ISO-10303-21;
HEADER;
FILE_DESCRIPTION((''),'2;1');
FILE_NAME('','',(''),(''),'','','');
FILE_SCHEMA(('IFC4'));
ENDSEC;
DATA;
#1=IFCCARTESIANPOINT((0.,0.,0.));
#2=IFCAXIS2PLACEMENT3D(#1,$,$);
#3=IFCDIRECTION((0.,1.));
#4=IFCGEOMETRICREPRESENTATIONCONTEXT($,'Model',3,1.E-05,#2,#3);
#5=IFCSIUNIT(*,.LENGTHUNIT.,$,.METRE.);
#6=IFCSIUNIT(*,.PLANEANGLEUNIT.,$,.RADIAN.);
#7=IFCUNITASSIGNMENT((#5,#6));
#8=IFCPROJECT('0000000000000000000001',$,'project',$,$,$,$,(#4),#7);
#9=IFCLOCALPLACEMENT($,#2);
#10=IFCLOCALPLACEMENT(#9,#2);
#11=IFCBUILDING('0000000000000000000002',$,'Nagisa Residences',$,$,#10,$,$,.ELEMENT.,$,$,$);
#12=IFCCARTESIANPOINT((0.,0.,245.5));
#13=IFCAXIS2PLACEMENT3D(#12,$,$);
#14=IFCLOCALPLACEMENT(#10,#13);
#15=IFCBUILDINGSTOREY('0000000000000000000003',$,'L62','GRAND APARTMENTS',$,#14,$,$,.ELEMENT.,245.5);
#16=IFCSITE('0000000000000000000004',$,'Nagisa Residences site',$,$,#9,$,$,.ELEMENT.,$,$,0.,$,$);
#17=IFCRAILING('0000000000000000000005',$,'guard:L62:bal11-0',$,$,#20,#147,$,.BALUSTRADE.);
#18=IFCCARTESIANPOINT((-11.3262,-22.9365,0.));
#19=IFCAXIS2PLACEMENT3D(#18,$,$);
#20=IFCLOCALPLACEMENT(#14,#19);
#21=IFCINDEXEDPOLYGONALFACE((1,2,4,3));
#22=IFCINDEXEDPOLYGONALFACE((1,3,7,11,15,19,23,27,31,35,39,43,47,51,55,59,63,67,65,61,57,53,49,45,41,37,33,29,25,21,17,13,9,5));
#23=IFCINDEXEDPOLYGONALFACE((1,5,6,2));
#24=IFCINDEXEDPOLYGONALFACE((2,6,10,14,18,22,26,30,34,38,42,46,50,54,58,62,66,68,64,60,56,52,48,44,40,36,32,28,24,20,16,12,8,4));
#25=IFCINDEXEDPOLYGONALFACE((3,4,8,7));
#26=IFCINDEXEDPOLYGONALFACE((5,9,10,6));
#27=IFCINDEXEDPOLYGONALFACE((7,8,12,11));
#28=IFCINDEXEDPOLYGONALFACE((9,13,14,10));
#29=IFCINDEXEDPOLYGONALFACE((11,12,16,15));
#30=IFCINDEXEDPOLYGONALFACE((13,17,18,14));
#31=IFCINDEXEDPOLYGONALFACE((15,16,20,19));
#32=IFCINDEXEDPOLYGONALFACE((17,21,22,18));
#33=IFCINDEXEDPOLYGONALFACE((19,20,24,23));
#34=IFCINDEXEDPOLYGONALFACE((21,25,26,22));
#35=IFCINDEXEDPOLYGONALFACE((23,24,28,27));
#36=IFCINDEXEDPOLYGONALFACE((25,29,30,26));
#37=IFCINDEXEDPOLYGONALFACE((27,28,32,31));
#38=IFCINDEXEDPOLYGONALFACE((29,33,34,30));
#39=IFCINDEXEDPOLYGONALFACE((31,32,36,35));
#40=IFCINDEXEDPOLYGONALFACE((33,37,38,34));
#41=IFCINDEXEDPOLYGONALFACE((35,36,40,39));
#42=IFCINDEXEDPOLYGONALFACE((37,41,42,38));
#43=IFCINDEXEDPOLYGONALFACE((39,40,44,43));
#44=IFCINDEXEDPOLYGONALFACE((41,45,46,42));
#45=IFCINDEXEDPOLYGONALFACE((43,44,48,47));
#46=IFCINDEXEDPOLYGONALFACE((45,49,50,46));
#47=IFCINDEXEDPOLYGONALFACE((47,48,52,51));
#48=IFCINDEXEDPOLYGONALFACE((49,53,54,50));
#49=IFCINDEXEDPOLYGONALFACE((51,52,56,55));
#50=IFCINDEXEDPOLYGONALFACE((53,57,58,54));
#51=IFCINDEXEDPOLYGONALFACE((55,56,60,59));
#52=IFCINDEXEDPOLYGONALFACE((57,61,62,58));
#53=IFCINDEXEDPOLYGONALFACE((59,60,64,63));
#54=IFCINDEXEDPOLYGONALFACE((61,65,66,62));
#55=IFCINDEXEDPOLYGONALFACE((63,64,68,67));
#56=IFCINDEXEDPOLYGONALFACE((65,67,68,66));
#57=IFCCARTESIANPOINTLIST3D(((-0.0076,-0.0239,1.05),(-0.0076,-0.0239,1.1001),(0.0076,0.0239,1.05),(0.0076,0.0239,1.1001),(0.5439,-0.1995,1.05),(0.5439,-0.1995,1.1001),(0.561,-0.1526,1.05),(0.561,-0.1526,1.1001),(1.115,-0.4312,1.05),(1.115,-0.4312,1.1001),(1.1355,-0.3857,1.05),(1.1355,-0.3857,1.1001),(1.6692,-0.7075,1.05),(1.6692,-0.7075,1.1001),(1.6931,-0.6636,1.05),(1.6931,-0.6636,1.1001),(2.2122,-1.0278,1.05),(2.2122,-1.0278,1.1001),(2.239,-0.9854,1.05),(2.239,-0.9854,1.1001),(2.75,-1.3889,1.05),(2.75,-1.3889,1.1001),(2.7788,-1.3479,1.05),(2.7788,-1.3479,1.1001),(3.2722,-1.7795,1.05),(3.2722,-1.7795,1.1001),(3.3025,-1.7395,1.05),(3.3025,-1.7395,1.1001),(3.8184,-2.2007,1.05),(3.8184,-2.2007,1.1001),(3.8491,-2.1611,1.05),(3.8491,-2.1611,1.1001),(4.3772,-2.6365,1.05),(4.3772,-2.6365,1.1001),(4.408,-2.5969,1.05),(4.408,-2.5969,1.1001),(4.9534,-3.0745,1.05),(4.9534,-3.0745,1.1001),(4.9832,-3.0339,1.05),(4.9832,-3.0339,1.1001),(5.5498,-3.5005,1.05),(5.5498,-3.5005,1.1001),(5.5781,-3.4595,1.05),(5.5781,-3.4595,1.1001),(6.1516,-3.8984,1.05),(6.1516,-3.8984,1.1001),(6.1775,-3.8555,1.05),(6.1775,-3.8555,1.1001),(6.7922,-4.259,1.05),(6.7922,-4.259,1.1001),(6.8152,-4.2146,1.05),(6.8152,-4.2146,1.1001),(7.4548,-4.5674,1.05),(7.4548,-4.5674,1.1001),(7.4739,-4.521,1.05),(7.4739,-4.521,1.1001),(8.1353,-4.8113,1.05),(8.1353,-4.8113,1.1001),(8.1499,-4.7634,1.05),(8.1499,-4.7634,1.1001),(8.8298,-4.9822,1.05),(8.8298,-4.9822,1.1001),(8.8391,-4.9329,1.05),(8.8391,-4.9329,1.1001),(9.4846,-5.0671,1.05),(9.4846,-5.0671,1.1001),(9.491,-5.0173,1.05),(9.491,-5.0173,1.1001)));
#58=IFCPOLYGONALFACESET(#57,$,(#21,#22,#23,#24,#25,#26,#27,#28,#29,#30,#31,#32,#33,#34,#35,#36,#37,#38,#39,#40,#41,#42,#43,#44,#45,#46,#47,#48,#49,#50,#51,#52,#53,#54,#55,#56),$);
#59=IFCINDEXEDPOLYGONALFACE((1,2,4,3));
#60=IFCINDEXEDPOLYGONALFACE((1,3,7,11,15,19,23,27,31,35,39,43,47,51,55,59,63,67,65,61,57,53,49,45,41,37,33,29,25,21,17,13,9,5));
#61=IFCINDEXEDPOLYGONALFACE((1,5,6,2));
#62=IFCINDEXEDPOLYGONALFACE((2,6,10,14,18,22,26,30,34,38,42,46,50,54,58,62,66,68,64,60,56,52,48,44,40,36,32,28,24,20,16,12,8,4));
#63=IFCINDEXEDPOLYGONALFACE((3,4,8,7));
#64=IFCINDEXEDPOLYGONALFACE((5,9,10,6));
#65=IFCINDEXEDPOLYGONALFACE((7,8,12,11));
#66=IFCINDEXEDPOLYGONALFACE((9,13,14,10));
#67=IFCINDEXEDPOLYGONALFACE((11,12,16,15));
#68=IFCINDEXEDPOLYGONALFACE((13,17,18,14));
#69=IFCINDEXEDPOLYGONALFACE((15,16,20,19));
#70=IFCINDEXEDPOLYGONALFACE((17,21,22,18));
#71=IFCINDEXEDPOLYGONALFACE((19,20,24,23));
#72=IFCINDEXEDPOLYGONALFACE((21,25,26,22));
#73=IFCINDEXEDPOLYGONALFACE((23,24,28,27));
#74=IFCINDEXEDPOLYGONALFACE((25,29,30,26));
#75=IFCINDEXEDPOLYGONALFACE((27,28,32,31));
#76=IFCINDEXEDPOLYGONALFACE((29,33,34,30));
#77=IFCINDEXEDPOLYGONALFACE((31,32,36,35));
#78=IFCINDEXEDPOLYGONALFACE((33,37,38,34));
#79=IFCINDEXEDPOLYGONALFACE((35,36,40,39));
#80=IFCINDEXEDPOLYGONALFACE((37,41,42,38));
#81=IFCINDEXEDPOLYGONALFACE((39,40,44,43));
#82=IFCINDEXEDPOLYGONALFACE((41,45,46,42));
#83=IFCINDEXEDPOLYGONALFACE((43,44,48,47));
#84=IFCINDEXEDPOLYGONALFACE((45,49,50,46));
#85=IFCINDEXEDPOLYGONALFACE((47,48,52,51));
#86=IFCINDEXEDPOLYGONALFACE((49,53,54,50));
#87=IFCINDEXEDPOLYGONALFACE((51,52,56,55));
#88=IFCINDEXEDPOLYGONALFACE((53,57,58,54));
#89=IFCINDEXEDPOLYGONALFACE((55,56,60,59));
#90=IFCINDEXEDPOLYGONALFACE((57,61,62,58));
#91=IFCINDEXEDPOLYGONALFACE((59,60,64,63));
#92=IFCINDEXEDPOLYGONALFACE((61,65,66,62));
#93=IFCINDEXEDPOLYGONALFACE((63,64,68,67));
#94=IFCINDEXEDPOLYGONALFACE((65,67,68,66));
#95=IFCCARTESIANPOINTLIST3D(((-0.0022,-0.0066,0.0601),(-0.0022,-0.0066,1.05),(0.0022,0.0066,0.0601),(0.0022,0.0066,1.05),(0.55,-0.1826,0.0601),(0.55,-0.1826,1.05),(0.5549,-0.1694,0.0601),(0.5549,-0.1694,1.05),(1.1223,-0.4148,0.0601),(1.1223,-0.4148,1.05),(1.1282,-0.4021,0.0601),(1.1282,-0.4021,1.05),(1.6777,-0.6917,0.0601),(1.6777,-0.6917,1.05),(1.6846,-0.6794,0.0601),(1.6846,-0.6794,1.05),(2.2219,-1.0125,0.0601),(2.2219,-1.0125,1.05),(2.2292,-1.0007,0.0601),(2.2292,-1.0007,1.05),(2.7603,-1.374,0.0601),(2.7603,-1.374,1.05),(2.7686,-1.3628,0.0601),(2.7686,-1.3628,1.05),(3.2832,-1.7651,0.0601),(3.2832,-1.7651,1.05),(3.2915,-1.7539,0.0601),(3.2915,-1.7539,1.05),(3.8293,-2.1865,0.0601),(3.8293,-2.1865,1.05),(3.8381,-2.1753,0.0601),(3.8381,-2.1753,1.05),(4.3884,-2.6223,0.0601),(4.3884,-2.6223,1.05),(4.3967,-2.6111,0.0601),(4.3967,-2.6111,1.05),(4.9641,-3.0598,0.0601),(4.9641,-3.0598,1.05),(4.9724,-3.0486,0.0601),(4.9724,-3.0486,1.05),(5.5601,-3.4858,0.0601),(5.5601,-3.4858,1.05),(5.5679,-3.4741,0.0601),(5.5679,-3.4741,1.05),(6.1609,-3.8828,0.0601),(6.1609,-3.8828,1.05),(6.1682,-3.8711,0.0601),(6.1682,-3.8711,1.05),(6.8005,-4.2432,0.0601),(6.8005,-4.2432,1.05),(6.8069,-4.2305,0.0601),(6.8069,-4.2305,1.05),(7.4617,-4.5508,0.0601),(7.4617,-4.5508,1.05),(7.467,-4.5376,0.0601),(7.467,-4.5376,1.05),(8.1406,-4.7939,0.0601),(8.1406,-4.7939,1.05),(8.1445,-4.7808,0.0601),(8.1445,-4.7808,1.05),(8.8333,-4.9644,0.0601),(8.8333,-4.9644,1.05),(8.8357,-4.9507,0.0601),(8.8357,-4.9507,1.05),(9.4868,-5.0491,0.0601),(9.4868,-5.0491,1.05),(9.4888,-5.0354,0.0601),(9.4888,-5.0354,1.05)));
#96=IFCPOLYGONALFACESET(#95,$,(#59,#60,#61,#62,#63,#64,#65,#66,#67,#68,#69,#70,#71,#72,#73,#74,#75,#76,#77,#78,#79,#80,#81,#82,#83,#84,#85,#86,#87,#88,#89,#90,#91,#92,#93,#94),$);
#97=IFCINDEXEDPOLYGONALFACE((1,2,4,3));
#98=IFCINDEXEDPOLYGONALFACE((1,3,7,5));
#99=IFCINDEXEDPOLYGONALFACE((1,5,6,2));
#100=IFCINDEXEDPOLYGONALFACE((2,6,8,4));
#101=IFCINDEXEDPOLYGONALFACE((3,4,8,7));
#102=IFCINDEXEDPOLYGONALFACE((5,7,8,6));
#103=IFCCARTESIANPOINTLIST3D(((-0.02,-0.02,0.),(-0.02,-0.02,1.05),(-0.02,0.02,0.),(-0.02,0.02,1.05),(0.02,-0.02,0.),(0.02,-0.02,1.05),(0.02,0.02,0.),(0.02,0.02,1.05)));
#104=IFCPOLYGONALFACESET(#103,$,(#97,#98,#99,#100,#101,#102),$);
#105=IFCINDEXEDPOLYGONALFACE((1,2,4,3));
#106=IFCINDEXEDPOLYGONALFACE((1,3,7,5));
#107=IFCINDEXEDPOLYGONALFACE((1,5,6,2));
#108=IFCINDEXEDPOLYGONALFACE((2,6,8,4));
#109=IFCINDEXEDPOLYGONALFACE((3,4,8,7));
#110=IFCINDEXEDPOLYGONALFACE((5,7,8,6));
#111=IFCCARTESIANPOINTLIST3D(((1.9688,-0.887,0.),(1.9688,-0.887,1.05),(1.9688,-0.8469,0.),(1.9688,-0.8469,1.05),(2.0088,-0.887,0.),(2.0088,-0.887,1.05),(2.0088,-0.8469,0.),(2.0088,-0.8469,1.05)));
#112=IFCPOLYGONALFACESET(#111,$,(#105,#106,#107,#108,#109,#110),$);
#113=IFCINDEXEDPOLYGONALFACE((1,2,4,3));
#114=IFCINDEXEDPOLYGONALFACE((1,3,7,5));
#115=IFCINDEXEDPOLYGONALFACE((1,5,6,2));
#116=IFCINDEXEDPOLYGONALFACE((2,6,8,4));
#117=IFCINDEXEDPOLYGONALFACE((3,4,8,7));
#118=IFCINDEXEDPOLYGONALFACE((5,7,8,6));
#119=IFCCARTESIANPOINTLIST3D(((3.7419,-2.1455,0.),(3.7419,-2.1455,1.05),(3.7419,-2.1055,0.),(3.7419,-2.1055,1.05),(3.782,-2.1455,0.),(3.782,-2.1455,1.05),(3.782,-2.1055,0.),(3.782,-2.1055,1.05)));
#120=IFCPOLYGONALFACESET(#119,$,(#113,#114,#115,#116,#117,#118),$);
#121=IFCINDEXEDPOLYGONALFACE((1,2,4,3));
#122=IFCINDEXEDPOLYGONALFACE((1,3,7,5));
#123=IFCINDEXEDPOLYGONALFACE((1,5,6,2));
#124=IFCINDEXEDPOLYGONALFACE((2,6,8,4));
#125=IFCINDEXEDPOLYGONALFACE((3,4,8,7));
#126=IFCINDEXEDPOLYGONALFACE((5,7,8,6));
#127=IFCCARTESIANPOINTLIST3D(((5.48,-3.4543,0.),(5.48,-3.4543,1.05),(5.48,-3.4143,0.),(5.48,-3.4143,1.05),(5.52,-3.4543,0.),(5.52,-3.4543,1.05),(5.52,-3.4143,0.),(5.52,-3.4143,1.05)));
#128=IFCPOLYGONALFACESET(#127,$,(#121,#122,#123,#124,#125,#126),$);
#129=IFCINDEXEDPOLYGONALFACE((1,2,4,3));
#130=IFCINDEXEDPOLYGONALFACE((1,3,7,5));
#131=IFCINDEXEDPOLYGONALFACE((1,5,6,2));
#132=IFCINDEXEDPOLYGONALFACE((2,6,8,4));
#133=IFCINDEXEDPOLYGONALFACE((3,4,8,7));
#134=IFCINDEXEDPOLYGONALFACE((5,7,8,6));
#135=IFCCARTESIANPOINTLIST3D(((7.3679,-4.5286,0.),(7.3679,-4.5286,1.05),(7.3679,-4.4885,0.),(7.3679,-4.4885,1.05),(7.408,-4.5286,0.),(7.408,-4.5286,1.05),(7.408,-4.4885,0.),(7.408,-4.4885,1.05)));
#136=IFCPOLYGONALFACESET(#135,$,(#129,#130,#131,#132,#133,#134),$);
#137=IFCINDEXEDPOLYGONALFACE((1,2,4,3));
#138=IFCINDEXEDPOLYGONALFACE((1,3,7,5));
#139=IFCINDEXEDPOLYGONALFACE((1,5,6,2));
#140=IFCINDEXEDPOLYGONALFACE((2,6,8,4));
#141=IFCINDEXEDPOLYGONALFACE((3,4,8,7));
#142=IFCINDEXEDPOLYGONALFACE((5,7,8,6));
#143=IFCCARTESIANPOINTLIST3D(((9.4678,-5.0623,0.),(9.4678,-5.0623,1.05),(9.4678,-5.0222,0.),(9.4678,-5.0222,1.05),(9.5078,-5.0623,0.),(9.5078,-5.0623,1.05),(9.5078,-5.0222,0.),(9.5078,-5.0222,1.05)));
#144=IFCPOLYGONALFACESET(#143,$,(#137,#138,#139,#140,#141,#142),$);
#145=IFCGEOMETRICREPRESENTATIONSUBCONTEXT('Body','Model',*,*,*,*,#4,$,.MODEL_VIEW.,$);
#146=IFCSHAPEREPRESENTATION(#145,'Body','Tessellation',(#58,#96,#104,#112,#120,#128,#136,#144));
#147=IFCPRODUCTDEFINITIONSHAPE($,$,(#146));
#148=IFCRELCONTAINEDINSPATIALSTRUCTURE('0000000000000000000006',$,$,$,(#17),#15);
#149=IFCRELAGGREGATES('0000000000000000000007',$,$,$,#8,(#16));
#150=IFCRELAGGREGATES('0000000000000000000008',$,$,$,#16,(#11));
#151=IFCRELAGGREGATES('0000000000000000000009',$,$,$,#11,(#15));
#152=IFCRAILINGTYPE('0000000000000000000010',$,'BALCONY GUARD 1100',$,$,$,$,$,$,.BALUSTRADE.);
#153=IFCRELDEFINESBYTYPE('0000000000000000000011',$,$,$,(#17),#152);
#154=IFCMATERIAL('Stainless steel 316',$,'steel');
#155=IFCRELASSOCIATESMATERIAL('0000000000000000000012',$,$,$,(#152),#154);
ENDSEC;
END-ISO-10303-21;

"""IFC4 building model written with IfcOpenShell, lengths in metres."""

from ifc_helpers import new_model, si_unit, direction, frame, origin, origin_2d, place, context, subcontext, project, spatial, polyline, rectangle, outline, extrude, material, type_object, element, save


model = new_model("IFC4")

# Units and contexts
model_context = context("Model", 3, precision=1e-05, world=origin(), true_north=direction((0.0, 1.0)))
body_context = subcontext(model_context, "Body", "Model", "MODEL_VIEW")
ifc_project = project(units=[si_unit("LENGTHUNIT", "METRE"), si_unit("PLANEANGLEUNIT", "RADIAN")], contexts=[model_context])

# Site, building, storey
site_placement = place(None, origin())
site = spatial("IfcSite", under=ifc_project, at=site_placement, Name="Nagisa Residences site", CompositionType="ELEMENT", RefElevation=0.0)
building_placement = place(site_placement, origin())
building = spatial("IfcBuilding", under=site, at=building_placement, Name="Nagisa Residences", CompositionType="ELEMENT")
storey_placement = place(building_placement, frame((0.0, 0.0, 245.5)))
storey = spatial("IfcBuildingStorey", under=building, at=storey_placement, Name="L62", Description="GRAND APARTMENTS", CompositionType="ELEMENT", Elevation=245.5)

# Railing
ifc_material_1 = material(Name="Stainless steel 316", Category="steel")
railing_type = type_object("IfcRailingType", Name="BALCONY GUARD 1100", PredefinedType="BALUSTRADE", material=ifc_material_1)
railing_1_placement = place(storey_placement, frame((-11.3262, -22.9365, 0.0)))
element("IfcRailing", 1, at=railing_1_placement, inside=storey, type_object=railing_type, Name="guard:L62:bal11-0", PredefinedType="BALUSTRADE", context=body_context, shape_type="SweptSolid", body=[
    extrude(outline(polyline([(0.561, -0.1526), (0.0076, 0.0239), (-0.0076, -0.0239), (0.5439, -0.1995), (1.115, -0.4312), (1.6692, -0.7075), (2.2122, -1.0278), (2.75, -1.3889), (3.2722, -1.7795), (3.8184, -2.2007), (4.3772, -2.6365), (4.9534, -3.0745), (5.5498, -3.5005), (6.1516, -3.8984), (6.7922, -4.259), (7.4548, -4.5674), (8.1353, -4.8113), (8.8298, -4.9822), (9.4846, -5.0671), (9.491, -5.0173), (8.8391, -4.9329), (8.1499, -4.7634), (7.4739, -4.521), (6.8152, -4.2146), (6.1775, -3.8555), (5.5781, -3.4595), (4.9832, -3.0339), (4.408, -2.5969), (3.8491, -2.1611), (3.3025, -1.7395), (2.7788, -1.3479), (2.239, -0.9854), (1.6931, -0.6636), (1.1355, -0.3857), (0.561, -0.1526)])), frame((0.0, 0.0, 1.05)), (0.0, 0.0, 1.0), 0.05),
    extrude(outline(polyline([(0.5549, -0.1694), (0.0022, 0.0066), (-0.0022, -0.0066), (0.55, -0.1826), (1.1223, -0.4148), (1.6777, -0.6917), (2.2219, -1.0125), (2.7603, -1.374), (3.2832, -1.7651), (3.8293, -2.1865), (4.3884, -2.6223), (4.9641, -3.0598), (5.5601, -3.4858), (6.1609, -3.8828), (6.8005, -4.2432), (7.4617, -4.5508), (8.1406, -4.7939), (8.8333, -4.9644), (9.4868, -5.0491), (9.4888, -5.0354), (8.8357, -4.9507), (8.1445, -4.7808), (7.467, -4.5376), (6.8069, -4.2305), (6.1682, -3.8711), (5.5679, -3.4741), (4.9724, -3.0486), (4.3967, -2.6111), (3.8381, -2.1753), (3.2915, -1.7539), (2.7686, -1.3628), (2.2292, -1.0007), (1.6846, -0.6794), (1.1282, -0.4021), (0.5549, -0.1694)])), frame((0.0, 0.0, 0.0601)), (0.0, 0.0, 1.0), 0.99),
    extrude(rectangle(XDim=0.04, YDim=0.04, at=origin_2d()), origin(), (0.0, 0.0, 1.0), 1.05),
    extrude(rectangle(XDim=0.04, YDim=0.04, at=origin_2d()), frame((1.9888, -0.8669, 0.0)), (0.0, 0.0, 1.0), 1.05),
    extrude(rectangle(XDim=0.04, YDim=0.04, at=origin_2d()), frame((3.762, -2.1255, 0.0)), (0.0, 0.0, 1.0), 1.05),
    extrude(rectangle(XDim=0.04, YDim=0.04, at=origin_2d()), frame((5.5, -3.4343, 0.0)), (0.0, 0.0, 1.0), 1.05),
    extrude(rectangle(XDim=0.04, YDim=0.04, at=origin_2d()), frame((7.3879, -4.5085, 0.0)), (0.0, 0.0, 1.0), 1.05),
    extrude(rectangle(XDim=0.04, YDim=0.04, at=origin_2d()), frame((9.4878, -5.0422, 0.0)), (0.0, 0.0, 1.0), 1.05),
])

save(model, "model.ifc")
